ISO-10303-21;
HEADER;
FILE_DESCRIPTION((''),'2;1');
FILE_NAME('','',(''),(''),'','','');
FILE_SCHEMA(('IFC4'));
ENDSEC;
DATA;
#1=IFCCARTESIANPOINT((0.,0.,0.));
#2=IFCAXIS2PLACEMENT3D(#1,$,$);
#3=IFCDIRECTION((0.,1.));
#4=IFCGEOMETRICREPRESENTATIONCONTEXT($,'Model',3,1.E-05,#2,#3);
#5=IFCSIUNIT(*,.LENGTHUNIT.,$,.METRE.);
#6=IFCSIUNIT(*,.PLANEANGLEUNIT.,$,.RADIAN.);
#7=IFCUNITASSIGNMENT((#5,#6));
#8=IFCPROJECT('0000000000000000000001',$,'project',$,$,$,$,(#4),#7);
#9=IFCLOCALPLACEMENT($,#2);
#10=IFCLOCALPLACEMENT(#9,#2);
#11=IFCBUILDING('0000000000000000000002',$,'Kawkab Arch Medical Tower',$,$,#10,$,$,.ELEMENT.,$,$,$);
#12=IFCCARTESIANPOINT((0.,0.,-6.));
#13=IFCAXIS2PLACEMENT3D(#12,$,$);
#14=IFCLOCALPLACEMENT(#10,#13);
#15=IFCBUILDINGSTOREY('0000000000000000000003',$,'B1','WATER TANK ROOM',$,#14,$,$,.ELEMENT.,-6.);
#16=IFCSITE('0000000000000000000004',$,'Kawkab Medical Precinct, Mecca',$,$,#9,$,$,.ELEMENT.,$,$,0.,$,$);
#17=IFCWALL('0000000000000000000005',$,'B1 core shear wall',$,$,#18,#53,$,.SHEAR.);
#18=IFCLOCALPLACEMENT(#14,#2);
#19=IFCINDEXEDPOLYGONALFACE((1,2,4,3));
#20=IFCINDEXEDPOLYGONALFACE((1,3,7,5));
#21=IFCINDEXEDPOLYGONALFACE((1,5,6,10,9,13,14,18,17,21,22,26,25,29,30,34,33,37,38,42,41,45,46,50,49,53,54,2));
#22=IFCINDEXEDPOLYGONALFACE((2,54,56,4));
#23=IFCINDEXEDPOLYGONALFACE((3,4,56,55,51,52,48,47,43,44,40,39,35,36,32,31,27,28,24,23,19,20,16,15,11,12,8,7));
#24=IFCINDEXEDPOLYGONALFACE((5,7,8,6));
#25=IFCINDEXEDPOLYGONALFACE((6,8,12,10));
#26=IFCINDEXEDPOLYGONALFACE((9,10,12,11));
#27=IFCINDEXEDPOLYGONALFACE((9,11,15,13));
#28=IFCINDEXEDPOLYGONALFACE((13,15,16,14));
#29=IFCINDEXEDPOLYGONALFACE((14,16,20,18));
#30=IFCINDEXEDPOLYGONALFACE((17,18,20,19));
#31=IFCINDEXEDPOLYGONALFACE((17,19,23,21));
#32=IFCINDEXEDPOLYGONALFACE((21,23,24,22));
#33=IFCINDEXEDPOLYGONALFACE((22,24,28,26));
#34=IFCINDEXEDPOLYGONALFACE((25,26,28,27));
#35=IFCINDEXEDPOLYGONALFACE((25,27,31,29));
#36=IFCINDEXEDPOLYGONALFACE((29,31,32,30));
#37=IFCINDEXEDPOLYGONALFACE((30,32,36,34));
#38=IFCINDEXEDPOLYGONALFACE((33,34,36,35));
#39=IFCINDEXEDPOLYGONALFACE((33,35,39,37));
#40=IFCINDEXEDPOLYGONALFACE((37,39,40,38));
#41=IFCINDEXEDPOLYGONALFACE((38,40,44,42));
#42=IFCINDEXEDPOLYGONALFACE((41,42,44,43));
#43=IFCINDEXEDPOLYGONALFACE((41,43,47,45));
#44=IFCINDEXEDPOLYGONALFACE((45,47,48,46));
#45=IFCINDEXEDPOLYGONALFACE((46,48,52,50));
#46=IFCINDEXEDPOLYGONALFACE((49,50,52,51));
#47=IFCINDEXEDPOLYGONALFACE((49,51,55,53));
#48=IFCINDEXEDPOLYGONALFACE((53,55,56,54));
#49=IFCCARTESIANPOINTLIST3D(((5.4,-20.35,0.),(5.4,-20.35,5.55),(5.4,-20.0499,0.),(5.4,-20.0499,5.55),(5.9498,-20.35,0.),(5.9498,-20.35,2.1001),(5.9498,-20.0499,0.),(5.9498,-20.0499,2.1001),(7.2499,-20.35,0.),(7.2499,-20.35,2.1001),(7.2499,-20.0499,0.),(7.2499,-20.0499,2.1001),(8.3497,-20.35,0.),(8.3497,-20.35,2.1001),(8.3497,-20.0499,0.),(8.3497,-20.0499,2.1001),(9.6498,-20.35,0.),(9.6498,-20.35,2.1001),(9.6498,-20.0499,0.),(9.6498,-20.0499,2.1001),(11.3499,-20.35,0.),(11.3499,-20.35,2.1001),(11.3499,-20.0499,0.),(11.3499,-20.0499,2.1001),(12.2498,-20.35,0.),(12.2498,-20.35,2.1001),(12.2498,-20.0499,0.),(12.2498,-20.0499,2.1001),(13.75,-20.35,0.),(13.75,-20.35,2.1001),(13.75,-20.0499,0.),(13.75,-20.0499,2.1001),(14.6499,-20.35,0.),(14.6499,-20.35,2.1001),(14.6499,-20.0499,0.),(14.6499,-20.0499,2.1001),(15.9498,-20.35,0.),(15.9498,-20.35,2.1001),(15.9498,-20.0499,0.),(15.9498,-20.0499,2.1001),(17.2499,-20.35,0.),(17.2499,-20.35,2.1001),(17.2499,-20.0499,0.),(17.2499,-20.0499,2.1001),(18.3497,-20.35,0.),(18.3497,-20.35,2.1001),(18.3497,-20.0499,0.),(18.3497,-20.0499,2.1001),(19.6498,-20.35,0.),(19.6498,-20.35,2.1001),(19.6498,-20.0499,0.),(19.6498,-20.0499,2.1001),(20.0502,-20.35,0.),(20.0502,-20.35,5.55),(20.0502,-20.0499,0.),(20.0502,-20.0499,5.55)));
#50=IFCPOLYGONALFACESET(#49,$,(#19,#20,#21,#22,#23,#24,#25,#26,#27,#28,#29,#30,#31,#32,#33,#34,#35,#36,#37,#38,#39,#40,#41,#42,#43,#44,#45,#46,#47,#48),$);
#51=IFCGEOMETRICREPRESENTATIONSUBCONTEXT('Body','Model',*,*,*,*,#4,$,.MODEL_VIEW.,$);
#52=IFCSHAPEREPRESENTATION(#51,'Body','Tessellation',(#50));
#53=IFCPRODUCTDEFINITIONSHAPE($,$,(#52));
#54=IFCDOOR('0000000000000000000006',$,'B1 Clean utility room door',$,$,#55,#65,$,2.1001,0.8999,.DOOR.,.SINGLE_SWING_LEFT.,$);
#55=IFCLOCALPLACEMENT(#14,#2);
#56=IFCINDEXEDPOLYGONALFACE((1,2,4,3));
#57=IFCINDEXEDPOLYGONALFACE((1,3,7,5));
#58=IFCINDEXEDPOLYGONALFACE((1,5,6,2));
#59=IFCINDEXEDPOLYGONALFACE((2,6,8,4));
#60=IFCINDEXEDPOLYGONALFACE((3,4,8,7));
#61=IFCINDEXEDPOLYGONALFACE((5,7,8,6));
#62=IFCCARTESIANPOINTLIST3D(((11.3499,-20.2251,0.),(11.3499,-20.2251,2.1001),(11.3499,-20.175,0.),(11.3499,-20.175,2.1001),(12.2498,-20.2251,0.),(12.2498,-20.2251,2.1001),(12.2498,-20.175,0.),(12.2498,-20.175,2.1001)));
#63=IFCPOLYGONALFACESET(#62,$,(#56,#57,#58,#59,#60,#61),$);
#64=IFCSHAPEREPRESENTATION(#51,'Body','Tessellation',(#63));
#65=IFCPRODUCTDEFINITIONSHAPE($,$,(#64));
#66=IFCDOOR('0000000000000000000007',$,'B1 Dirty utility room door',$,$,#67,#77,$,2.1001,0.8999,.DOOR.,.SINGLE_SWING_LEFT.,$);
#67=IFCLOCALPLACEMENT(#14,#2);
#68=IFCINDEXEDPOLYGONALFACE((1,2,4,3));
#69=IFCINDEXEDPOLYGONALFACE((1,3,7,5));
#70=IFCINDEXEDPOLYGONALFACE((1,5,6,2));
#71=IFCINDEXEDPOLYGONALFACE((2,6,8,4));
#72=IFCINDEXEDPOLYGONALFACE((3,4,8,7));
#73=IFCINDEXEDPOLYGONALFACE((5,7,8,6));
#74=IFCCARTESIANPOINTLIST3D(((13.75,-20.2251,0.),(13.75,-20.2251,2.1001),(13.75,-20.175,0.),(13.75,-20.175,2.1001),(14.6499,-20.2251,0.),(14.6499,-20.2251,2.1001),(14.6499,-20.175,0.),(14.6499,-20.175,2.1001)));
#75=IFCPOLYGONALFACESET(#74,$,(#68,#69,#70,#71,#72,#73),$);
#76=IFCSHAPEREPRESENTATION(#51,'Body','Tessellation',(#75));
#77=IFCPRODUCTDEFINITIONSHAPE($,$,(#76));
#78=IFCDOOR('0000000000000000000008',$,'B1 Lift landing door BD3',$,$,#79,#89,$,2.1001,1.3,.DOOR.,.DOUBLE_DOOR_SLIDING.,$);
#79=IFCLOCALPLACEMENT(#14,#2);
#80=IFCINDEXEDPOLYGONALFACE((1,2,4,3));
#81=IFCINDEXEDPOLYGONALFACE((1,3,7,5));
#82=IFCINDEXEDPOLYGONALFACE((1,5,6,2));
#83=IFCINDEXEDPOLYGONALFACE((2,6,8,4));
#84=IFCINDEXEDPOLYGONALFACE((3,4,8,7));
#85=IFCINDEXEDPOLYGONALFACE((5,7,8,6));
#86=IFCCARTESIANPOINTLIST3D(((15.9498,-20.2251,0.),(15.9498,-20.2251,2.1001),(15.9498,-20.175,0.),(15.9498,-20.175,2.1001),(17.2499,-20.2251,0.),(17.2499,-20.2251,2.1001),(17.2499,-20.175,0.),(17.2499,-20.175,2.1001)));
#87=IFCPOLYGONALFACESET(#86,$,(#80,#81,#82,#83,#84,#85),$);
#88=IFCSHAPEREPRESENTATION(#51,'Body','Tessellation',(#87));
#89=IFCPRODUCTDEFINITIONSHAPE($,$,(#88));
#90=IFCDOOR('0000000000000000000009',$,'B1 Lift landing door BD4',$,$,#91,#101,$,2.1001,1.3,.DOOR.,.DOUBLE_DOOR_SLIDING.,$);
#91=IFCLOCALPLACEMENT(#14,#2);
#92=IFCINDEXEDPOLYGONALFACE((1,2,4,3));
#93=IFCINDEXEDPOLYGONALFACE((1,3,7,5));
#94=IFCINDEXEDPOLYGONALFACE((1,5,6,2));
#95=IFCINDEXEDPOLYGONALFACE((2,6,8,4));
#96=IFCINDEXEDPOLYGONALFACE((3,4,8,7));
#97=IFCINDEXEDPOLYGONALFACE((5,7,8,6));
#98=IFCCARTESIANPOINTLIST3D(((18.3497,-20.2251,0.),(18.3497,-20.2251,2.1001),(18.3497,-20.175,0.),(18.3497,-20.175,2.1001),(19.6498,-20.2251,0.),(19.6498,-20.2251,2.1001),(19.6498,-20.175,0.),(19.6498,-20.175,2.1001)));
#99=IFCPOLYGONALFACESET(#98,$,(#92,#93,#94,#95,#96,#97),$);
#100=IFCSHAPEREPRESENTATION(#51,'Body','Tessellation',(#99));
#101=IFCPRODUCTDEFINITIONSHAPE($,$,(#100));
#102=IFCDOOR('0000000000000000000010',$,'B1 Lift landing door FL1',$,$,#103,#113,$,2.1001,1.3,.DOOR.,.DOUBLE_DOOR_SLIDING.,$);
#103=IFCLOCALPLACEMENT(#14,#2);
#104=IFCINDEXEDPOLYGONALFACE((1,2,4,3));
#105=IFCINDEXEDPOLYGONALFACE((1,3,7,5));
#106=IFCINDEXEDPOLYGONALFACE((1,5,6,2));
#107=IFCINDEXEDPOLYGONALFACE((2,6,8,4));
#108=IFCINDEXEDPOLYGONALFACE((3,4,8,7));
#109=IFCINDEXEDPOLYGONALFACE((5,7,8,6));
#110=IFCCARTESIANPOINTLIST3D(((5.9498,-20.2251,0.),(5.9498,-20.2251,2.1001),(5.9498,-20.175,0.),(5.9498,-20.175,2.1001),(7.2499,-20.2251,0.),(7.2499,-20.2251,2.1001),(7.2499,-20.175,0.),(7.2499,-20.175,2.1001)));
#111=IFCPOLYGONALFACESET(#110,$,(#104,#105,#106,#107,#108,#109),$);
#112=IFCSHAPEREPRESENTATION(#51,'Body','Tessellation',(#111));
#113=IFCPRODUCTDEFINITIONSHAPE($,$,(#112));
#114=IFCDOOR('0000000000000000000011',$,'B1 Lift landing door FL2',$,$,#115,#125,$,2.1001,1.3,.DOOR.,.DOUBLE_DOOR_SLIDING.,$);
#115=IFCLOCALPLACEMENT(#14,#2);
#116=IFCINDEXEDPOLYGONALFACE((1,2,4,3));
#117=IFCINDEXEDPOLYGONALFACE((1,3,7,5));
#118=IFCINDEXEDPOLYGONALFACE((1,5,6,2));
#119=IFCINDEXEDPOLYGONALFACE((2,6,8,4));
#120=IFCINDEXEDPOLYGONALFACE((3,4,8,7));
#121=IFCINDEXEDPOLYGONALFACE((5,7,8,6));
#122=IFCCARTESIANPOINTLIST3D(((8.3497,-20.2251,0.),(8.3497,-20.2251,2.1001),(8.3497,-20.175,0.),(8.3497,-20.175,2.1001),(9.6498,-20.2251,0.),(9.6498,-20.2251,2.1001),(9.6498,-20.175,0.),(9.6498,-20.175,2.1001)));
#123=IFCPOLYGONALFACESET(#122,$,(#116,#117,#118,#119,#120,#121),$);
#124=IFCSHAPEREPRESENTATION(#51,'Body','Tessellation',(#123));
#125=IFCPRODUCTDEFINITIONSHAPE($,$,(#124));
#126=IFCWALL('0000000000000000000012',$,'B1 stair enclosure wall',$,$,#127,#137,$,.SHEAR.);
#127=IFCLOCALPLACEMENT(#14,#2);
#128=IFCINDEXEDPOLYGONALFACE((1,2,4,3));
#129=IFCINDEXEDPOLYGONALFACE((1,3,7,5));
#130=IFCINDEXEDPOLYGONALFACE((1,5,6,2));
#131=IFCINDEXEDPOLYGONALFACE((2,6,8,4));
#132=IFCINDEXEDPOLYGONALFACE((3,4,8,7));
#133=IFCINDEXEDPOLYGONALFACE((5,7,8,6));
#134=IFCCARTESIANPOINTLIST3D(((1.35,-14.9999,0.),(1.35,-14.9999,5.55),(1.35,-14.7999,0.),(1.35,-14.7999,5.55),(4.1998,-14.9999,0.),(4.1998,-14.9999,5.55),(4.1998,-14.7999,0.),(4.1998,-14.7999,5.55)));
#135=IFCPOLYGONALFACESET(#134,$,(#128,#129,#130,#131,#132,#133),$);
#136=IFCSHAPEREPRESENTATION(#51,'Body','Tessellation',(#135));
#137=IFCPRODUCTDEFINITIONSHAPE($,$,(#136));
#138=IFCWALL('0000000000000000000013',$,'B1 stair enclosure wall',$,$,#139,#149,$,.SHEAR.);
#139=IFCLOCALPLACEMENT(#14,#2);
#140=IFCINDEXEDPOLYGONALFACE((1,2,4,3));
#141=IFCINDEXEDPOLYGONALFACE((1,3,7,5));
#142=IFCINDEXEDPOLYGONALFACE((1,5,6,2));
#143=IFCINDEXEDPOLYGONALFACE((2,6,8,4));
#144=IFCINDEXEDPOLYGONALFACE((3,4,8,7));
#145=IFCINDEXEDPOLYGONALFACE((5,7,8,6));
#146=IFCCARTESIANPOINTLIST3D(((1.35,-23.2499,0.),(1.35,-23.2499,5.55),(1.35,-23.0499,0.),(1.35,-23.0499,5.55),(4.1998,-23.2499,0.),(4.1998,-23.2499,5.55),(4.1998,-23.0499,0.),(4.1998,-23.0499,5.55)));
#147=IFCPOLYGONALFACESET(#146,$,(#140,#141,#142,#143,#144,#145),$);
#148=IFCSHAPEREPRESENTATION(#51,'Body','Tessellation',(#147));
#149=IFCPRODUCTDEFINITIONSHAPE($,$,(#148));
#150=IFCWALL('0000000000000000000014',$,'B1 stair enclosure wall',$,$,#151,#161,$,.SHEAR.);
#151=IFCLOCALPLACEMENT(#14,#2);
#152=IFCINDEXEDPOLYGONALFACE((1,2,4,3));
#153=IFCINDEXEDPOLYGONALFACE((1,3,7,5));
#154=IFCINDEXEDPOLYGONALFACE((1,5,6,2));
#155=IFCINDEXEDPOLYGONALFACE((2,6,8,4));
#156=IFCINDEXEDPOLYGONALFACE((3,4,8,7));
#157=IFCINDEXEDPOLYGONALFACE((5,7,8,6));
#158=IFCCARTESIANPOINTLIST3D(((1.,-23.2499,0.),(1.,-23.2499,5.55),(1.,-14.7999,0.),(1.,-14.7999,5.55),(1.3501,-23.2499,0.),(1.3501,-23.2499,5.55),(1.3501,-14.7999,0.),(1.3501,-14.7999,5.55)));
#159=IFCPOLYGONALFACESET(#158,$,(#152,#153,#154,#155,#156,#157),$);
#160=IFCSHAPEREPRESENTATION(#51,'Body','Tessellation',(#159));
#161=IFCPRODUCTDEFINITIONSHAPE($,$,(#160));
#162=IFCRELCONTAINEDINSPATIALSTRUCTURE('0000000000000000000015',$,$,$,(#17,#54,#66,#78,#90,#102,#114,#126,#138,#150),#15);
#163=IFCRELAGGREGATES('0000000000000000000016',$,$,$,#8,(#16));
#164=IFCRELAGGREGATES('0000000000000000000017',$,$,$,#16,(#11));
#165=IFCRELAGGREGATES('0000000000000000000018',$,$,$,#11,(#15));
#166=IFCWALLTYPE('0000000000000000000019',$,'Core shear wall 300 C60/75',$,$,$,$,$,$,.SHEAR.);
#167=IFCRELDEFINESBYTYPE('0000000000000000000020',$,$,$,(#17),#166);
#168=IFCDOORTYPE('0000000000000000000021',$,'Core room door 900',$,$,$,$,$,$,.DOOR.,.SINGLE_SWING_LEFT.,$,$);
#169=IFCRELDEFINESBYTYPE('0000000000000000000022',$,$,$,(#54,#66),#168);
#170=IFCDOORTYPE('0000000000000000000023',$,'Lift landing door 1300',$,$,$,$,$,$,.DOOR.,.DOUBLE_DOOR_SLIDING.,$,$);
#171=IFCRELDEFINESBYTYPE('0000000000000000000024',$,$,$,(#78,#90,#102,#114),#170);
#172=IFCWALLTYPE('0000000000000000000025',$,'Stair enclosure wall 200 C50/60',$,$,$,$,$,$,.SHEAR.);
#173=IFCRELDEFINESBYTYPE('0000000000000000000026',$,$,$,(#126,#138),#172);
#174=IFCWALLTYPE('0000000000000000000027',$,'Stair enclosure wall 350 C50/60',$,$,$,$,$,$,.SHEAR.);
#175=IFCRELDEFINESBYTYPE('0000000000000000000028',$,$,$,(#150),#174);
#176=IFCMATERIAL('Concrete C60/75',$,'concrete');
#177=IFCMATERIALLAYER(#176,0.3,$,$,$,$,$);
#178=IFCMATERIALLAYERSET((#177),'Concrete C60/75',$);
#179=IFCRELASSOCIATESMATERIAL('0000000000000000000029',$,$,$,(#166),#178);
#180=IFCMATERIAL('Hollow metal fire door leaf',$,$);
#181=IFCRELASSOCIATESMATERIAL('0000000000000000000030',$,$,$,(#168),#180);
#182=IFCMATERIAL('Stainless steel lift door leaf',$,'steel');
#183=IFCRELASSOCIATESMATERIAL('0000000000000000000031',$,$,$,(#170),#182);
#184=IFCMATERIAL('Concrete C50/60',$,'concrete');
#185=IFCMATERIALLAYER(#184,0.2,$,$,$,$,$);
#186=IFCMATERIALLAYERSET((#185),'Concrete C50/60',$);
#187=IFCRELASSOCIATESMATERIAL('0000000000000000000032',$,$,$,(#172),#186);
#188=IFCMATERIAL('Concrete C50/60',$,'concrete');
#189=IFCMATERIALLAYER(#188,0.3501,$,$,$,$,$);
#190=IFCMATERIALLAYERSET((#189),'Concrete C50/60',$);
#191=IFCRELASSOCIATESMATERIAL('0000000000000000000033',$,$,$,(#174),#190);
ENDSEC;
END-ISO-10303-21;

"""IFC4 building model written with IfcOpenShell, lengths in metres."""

from ifc_helpers import new_model, si_unit, direction, frame, frame_2d, origin, place, context, subcontext, project, spatial, rectangle, extrude, material, layer, layer_set, type_object, element, fill, save


model = new_model("IFC4")

# Units and contexts
model_context = context("Model", 3, precision=1e-05, world=origin(), true_north=direction((0.0, 1.0)))
body_context = subcontext(model_context, "Body", "Model", "MODEL_VIEW")
ifc_project = project(units=[si_unit("LENGTHUNIT", "METRE"), si_unit("PLANEANGLEUNIT", "RADIAN")], contexts=[model_context])

# Site, building, storey
site_placement = place(None, origin())
site = spatial("IfcSite", under=ifc_project, at=site_placement, Name="Kawkab Medical Precinct, Mecca", CompositionType="ELEMENT", RefElevation=0.0)
building_placement = place(site_placement, origin())
building = spatial("IfcBuilding", under=site, at=building_placement, Name="Kawkab Arch Medical Tower", CompositionType="ELEMENT")
storey_placement = place(building_placement, frame((0.0, 0.0, -6.0)))
storey = spatial("IfcBuildingStorey", under=building, at=storey_placement, Name="B1", Description="WATER TANK ROOM", CompositionType="ELEMENT", Elevation=-6.0)

# Shared definitions
ifc_material_1 = material(Name="Concrete C60/75", Category="concrete")
ifc_layer_1 = layer(ifc_material_1, 0.3)
ifc_layer_set_1 = layer_set([ifc_layer_1], Name="Concrete C60/75")
wall_type_1 = type_object("IfcWallType", Name="Core shear wall 300 C60/75", PredefinedType="SHEAR", material=ifc_layer_set_1)

# Wall, openings, doors
wall_1_placement = place(storey_placement, frame((5.3999, -20.2, 0.0), z_axis=(0.0, 0.0, 1.0), x_axis=(1.0, 0.0, 0.0)))
wall_1 = element("IfcWall", 1, at=wall_1_placement, inside=storey, type_object=wall_type_1, Name="B1 core shear wall", PredefinedType="SHEAR", context=body_context, shape_type="SweptSolid", body=[
    extrude(rectangle(XDim=14.6501, YDim=0.3, at=frame_2d((7.3252, 0.0))), origin(), (0.0, 0.0, 1.0), 5.55),
])
opening_1_placement = place(wall_1_placement, frame((10.55, 0.0, 0.0)))
opening_1 = element("IfcOpeningElement", 2, at=opening_1_placement, cuts=wall_1, PredefinedType="OPENING", context=body_context, shape_type="SweptSolid", body=[
    extrude(rectangle(XDim=1.3, YDim=2.1001, at=frame_2d((0.6499, 1.05))), frame((0.0, 0.1599, 0.0), z_axis=(0.0, -1.0, 0.0), x_axis=(1.0, 0.0, 0.0)), (0.0, 0.0, 1.0), 0.3201),
])
opening_2_placement = place(wall_1_placement, frame((12.95, 0.0, 0.0)))
opening_2 = element("IfcOpeningElement", 3, at=opening_2_placement, cuts=wall_1, PredefinedType="OPENING", context=body_context, shape_type="SweptSolid", body=[
    extrude(rectangle(XDim=1.3, YDim=2.1001, at=frame_2d((0.6499, 1.05))), frame((0.0, 0.1599, 0.0), z_axis=(0.0, -1.0, 0.0), x_axis=(1.0, 0.0, 0.0)), (0.0, 0.0, 1.0), 0.3201),
])
opening_3_placement = place(wall_1_placement, frame((0.55, 0.0, 0.0)))
opening_3 = element("IfcOpeningElement", 4, at=opening_3_placement, cuts=wall_1, PredefinedType="OPENING", context=body_context, shape_type="SweptSolid", body=[
    extrude(rectangle(XDim=1.3, YDim=2.1001, at=frame_2d((0.6499, 1.05))), frame((0.0, 0.1599, 0.0), z_axis=(0.0, -1.0, 0.0), x_axis=(1.0, 0.0, 0.0)), (0.0, 0.0, 1.0), 0.3201),
])
opening_4_placement = place(wall_1_placement, frame((2.95, 0.0, 0.0)))
opening_4 = element("IfcOpeningElement", 5, at=opening_4_placement, cuts=wall_1, PredefinedType="OPENING", context=body_context, shape_type="SweptSolid", body=[
    extrude(rectangle(XDim=1.3, YDim=2.1001, at=frame_2d((0.6499, 1.05))), frame((0.0, 0.1599, 0.0), z_axis=(0.0, -1.0, 0.0), x_axis=(1.0, 0.0, 0.0)), (0.0, 0.0, 1.0), 0.3201),
])
opening_5_placement = place(wall_1_placement, frame((5.95, 0.0, 0.0)))
opening_5 = element("IfcOpeningElement", 6, at=opening_5_placement, cuts=wall_1, PredefinedType="OPENING", context=body_context, shape_type="SweptSolid", body=[
    extrude(rectangle(XDim=0.8999, YDim=2.1001, at=frame_2d((0.45, 1.05))), frame((0.0, 0.1599, 0.0), z_axis=(0.0, -1.0, 0.0), x_axis=(1.0, 0.0, 0.0)), (0.0, 0.0, 1.0), 0.3201),
])
opening_6_placement = place(wall_1_placement, frame((8.3501, 0.0, 0.0)))
opening_6 = element("IfcOpeningElement", 7, at=opening_6_placement, cuts=wall_1, PredefinedType="OPENING", context=body_context, shape_type="SweptSolid", body=[
    extrude(rectangle(XDim=0.8999, YDim=2.1001, at=frame_2d((0.45, 1.05))), frame((0.0, 0.1599, 0.0), z_axis=(0.0, -1.0, 0.0), x_axis=(1.0, 0.0, 0.0)), (0.0, 0.0, 1.0), 0.3201),
])
ifc_material_2 = material(Name="Hollow metal fire door leaf")
door_type_1 = type_object("IfcDoorType", Name="Core room door 900", OperationType="SINGLE_SWING_LEFT", PredefinedType="DOOR", material=ifc_material_2)
door_1_placement = place(opening_5_placement, origin())
door_1 = element("IfcDoor", 8, at=door_1_placement, inside=storey, type_object=door_type_1, Name="B1 Clean utility room door", OperationType="SINGLE_SWING_LEFT", OverallHeight=2.1001, OverallWidth=0.8999, PredefinedType="DOOR", context=body_context, shape_type="SweptSolid", body=[
    extrude(rectangle(XDim=0.8999, YDim=2.1001, at=frame_2d((0.45, 1.05))), frame((0.0, 0.0249, 0.0), z_axis=(0.0, -1.0, 0.0), x_axis=(1.0, 0.0, 0.0)), (0.0, 0.0, 1.0), 0.05),
])
fill(opening_5, door_1)
door_2_placement = place(opening_6_placement, origin())
door_2 = element("IfcDoor", 9, at=door_2_placement, inside=storey, type_object=door_type_1, Name="B1 Dirty utility room door", OperationType="SINGLE_SWING_LEFT", OverallHeight=2.1001, OverallWidth=0.8999, PredefinedType="DOOR", context=body_context, shape_type="SweptSolid", body=[
    extrude(rectangle(XDim=0.8999, YDim=2.1001, at=frame_2d((0.45, 1.05))), frame((0.0, 0.0249, 0.0), z_axis=(0.0, -1.0, 0.0), x_axis=(1.0, 0.0, 0.0)), (0.0, 0.0, 1.0), 0.05),
])
fill(opening_6, door_2)
ifc_material_3 = material(Name="Stainless steel lift door leaf", Category="steel")
door_type_2 = type_object("IfcDoorType", Name="Lift landing door 1300", OperationType="DOUBLE_DOOR_SLIDING", PredefinedType="DOOR", material=ifc_material_3)
door_3_placement = place(opening_1_placement, origin())
door_3 = element("IfcDoor", 10, at=door_3_placement, inside=storey, type_object=door_type_2, Name="B1 Lift landing door BD3", OperationType="DOUBLE_DOOR_SLIDING", OverallHeight=2.1001, OverallWidth=1.3, PredefinedType="DOOR", context=body_context, shape_type="SweptSolid", body=[
    extrude(rectangle(XDim=1.3, YDim=2.1001, at=frame_2d((0.6499, 1.05))), frame((0.0, 0.0249, 0.0), z_axis=(0.0, -1.0, 0.0), x_axis=(1.0, 0.0, 0.0)), (0.0, 0.0, 1.0), 0.05),
])
fill(opening_1, door_3)
door_4_placement = place(opening_2_placement, origin())
door_4 = element("IfcDoor", 11, at=door_4_placement, inside=storey, type_object=door_type_2, Name="B1 Lift landing door BD4", OperationType="DOUBLE_DOOR_SLIDING", OverallHeight=2.1001, OverallWidth=1.3, PredefinedType="DOOR", context=body_context, shape_type="SweptSolid", body=[
    extrude(rectangle(XDim=1.3, YDim=2.1001, at=frame_2d((0.6499, 1.05))), frame((0.0, 0.0249, 0.0), z_axis=(0.0, -1.0, 0.0), x_axis=(1.0, 0.0, 0.0)), (0.0, 0.0, 1.0), 0.05),
])
fill(opening_2, door_4)
door_5_placement = place(opening_3_placement, origin())
door_5 = element("IfcDoor", 12, at=door_5_placement, inside=storey, type_object=door_type_2, Name="B1 Lift landing door FL1", OperationType="DOUBLE_DOOR_SLIDING", OverallHeight=2.1001, OverallWidth=1.3, PredefinedType="DOOR", context=body_context, shape_type="SweptSolid", body=[
    extrude(rectangle(XDim=1.3, YDim=2.1001, at=frame_2d((0.6499, 1.05))), frame((0.0, 0.0249, 0.0), z_axis=(0.0, -1.0, 0.0), x_axis=(1.0, 0.0, 0.0)), (0.0, 0.0, 1.0), 0.05),
])
fill(opening_3, door_5)
door_6_placement = place(opening_4_placement, origin())
door_6 = element("IfcDoor", 13, at=door_6_placement, inside=storey, type_object=door_type_2, Name="B1 Lift landing door FL2", OperationType="DOUBLE_DOOR_SLIDING", OverallHeight=2.1001, OverallWidth=1.3, PredefinedType="DOOR", context=body_context, shape_type="SweptSolid", body=[
    extrude(rectangle(XDim=1.3, YDim=2.1001, at=frame_2d((0.6499, 1.05))), frame((0.0, 0.0249, 0.0), z_axis=(0.0, -1.0, 0.0), x_axis=(1.0, 0.0, 0.0)), (0.0, 0.0, 1.0), 0.05),
])
fill(opening_4, door_6)

# Walls
ifc_material_4 = material(Name="Concrete C50/60", Category="concrete")
ifc_layer_2 = layer(ifc_material_4, 0.2)
ifc_layer_set_2 = layer_set([ifc_layer_2], Name="Concrete C50/60")
wall_type_2 = type_object("IfcWallType", Name="Stair enclosure wall 200 C50/60", PredefinedType="SHEAR", material=ifc_layer_set_2)
for number, where, z_axis, x_axis, name in (
    (14, (1.3501, -14.8999, 0.0), (0.0, 0.0, 1.0), (1.0, 0.0, 0.0), "B1 stair enclosure wall"),
    (15, (1.3501, -23.1499, 0.0), (0.0, 0.0, 1.0), (1.0, 0.0, 0.0), "B1 stair enclosure wall"),
):
    element("IfcWall", number, at=place(storey_placement, frame(where, z_axis=z_axis, x_axis=x_axis)), inside=storey, type_object=wall_type_2, Name=name, PredefinedType="SHEAR", context=body_context, shape_type="SweptSolid", body=[
        extrude(rectangle(XDim=2.8499, YDim=0.2, at=frame_2d((1.4248, 0.0))), origin(), (0.0, 0.0, 1.0), 5.55),
    ])
ifc_material_5 = material(Name="Concrete C50/60", Category="concrete")
ifc_layer_3 = layer(ifc_material_5, 0.3501)
ifc_layer_set_3 = layer_set([ifc_layer_3], Name="Concrete C50/60")
wall_type_3 = type_object("IfcWallType", Name="Stair enclosure wall 350 C50/60", PredefinedType="SHEAR", material=ifc_layer_set_3)
wall_2_placement = place(storey_placement, frame((1.175, -23.25, 0.0), z_axis=(0.0, 0.0, 1.0), x_axis=(0.0, 1.0, 0.0)))
element("IfcWall", 16, at=wall_2_placement, inside=storey, type_object=wall_type_3, Name="B1 stair enclosure wall", PredefinedType="SHEAR", context=body_context, shape_type="SweptSolid", body=[
    extrude(rectangle(XDim=8.45, YDim=0.3501, at=frame_2d((4.2251, 0.0))), origin(), (0.0, 0.0, 1.0), 5.55),
])

save(model, "model.ifc")
